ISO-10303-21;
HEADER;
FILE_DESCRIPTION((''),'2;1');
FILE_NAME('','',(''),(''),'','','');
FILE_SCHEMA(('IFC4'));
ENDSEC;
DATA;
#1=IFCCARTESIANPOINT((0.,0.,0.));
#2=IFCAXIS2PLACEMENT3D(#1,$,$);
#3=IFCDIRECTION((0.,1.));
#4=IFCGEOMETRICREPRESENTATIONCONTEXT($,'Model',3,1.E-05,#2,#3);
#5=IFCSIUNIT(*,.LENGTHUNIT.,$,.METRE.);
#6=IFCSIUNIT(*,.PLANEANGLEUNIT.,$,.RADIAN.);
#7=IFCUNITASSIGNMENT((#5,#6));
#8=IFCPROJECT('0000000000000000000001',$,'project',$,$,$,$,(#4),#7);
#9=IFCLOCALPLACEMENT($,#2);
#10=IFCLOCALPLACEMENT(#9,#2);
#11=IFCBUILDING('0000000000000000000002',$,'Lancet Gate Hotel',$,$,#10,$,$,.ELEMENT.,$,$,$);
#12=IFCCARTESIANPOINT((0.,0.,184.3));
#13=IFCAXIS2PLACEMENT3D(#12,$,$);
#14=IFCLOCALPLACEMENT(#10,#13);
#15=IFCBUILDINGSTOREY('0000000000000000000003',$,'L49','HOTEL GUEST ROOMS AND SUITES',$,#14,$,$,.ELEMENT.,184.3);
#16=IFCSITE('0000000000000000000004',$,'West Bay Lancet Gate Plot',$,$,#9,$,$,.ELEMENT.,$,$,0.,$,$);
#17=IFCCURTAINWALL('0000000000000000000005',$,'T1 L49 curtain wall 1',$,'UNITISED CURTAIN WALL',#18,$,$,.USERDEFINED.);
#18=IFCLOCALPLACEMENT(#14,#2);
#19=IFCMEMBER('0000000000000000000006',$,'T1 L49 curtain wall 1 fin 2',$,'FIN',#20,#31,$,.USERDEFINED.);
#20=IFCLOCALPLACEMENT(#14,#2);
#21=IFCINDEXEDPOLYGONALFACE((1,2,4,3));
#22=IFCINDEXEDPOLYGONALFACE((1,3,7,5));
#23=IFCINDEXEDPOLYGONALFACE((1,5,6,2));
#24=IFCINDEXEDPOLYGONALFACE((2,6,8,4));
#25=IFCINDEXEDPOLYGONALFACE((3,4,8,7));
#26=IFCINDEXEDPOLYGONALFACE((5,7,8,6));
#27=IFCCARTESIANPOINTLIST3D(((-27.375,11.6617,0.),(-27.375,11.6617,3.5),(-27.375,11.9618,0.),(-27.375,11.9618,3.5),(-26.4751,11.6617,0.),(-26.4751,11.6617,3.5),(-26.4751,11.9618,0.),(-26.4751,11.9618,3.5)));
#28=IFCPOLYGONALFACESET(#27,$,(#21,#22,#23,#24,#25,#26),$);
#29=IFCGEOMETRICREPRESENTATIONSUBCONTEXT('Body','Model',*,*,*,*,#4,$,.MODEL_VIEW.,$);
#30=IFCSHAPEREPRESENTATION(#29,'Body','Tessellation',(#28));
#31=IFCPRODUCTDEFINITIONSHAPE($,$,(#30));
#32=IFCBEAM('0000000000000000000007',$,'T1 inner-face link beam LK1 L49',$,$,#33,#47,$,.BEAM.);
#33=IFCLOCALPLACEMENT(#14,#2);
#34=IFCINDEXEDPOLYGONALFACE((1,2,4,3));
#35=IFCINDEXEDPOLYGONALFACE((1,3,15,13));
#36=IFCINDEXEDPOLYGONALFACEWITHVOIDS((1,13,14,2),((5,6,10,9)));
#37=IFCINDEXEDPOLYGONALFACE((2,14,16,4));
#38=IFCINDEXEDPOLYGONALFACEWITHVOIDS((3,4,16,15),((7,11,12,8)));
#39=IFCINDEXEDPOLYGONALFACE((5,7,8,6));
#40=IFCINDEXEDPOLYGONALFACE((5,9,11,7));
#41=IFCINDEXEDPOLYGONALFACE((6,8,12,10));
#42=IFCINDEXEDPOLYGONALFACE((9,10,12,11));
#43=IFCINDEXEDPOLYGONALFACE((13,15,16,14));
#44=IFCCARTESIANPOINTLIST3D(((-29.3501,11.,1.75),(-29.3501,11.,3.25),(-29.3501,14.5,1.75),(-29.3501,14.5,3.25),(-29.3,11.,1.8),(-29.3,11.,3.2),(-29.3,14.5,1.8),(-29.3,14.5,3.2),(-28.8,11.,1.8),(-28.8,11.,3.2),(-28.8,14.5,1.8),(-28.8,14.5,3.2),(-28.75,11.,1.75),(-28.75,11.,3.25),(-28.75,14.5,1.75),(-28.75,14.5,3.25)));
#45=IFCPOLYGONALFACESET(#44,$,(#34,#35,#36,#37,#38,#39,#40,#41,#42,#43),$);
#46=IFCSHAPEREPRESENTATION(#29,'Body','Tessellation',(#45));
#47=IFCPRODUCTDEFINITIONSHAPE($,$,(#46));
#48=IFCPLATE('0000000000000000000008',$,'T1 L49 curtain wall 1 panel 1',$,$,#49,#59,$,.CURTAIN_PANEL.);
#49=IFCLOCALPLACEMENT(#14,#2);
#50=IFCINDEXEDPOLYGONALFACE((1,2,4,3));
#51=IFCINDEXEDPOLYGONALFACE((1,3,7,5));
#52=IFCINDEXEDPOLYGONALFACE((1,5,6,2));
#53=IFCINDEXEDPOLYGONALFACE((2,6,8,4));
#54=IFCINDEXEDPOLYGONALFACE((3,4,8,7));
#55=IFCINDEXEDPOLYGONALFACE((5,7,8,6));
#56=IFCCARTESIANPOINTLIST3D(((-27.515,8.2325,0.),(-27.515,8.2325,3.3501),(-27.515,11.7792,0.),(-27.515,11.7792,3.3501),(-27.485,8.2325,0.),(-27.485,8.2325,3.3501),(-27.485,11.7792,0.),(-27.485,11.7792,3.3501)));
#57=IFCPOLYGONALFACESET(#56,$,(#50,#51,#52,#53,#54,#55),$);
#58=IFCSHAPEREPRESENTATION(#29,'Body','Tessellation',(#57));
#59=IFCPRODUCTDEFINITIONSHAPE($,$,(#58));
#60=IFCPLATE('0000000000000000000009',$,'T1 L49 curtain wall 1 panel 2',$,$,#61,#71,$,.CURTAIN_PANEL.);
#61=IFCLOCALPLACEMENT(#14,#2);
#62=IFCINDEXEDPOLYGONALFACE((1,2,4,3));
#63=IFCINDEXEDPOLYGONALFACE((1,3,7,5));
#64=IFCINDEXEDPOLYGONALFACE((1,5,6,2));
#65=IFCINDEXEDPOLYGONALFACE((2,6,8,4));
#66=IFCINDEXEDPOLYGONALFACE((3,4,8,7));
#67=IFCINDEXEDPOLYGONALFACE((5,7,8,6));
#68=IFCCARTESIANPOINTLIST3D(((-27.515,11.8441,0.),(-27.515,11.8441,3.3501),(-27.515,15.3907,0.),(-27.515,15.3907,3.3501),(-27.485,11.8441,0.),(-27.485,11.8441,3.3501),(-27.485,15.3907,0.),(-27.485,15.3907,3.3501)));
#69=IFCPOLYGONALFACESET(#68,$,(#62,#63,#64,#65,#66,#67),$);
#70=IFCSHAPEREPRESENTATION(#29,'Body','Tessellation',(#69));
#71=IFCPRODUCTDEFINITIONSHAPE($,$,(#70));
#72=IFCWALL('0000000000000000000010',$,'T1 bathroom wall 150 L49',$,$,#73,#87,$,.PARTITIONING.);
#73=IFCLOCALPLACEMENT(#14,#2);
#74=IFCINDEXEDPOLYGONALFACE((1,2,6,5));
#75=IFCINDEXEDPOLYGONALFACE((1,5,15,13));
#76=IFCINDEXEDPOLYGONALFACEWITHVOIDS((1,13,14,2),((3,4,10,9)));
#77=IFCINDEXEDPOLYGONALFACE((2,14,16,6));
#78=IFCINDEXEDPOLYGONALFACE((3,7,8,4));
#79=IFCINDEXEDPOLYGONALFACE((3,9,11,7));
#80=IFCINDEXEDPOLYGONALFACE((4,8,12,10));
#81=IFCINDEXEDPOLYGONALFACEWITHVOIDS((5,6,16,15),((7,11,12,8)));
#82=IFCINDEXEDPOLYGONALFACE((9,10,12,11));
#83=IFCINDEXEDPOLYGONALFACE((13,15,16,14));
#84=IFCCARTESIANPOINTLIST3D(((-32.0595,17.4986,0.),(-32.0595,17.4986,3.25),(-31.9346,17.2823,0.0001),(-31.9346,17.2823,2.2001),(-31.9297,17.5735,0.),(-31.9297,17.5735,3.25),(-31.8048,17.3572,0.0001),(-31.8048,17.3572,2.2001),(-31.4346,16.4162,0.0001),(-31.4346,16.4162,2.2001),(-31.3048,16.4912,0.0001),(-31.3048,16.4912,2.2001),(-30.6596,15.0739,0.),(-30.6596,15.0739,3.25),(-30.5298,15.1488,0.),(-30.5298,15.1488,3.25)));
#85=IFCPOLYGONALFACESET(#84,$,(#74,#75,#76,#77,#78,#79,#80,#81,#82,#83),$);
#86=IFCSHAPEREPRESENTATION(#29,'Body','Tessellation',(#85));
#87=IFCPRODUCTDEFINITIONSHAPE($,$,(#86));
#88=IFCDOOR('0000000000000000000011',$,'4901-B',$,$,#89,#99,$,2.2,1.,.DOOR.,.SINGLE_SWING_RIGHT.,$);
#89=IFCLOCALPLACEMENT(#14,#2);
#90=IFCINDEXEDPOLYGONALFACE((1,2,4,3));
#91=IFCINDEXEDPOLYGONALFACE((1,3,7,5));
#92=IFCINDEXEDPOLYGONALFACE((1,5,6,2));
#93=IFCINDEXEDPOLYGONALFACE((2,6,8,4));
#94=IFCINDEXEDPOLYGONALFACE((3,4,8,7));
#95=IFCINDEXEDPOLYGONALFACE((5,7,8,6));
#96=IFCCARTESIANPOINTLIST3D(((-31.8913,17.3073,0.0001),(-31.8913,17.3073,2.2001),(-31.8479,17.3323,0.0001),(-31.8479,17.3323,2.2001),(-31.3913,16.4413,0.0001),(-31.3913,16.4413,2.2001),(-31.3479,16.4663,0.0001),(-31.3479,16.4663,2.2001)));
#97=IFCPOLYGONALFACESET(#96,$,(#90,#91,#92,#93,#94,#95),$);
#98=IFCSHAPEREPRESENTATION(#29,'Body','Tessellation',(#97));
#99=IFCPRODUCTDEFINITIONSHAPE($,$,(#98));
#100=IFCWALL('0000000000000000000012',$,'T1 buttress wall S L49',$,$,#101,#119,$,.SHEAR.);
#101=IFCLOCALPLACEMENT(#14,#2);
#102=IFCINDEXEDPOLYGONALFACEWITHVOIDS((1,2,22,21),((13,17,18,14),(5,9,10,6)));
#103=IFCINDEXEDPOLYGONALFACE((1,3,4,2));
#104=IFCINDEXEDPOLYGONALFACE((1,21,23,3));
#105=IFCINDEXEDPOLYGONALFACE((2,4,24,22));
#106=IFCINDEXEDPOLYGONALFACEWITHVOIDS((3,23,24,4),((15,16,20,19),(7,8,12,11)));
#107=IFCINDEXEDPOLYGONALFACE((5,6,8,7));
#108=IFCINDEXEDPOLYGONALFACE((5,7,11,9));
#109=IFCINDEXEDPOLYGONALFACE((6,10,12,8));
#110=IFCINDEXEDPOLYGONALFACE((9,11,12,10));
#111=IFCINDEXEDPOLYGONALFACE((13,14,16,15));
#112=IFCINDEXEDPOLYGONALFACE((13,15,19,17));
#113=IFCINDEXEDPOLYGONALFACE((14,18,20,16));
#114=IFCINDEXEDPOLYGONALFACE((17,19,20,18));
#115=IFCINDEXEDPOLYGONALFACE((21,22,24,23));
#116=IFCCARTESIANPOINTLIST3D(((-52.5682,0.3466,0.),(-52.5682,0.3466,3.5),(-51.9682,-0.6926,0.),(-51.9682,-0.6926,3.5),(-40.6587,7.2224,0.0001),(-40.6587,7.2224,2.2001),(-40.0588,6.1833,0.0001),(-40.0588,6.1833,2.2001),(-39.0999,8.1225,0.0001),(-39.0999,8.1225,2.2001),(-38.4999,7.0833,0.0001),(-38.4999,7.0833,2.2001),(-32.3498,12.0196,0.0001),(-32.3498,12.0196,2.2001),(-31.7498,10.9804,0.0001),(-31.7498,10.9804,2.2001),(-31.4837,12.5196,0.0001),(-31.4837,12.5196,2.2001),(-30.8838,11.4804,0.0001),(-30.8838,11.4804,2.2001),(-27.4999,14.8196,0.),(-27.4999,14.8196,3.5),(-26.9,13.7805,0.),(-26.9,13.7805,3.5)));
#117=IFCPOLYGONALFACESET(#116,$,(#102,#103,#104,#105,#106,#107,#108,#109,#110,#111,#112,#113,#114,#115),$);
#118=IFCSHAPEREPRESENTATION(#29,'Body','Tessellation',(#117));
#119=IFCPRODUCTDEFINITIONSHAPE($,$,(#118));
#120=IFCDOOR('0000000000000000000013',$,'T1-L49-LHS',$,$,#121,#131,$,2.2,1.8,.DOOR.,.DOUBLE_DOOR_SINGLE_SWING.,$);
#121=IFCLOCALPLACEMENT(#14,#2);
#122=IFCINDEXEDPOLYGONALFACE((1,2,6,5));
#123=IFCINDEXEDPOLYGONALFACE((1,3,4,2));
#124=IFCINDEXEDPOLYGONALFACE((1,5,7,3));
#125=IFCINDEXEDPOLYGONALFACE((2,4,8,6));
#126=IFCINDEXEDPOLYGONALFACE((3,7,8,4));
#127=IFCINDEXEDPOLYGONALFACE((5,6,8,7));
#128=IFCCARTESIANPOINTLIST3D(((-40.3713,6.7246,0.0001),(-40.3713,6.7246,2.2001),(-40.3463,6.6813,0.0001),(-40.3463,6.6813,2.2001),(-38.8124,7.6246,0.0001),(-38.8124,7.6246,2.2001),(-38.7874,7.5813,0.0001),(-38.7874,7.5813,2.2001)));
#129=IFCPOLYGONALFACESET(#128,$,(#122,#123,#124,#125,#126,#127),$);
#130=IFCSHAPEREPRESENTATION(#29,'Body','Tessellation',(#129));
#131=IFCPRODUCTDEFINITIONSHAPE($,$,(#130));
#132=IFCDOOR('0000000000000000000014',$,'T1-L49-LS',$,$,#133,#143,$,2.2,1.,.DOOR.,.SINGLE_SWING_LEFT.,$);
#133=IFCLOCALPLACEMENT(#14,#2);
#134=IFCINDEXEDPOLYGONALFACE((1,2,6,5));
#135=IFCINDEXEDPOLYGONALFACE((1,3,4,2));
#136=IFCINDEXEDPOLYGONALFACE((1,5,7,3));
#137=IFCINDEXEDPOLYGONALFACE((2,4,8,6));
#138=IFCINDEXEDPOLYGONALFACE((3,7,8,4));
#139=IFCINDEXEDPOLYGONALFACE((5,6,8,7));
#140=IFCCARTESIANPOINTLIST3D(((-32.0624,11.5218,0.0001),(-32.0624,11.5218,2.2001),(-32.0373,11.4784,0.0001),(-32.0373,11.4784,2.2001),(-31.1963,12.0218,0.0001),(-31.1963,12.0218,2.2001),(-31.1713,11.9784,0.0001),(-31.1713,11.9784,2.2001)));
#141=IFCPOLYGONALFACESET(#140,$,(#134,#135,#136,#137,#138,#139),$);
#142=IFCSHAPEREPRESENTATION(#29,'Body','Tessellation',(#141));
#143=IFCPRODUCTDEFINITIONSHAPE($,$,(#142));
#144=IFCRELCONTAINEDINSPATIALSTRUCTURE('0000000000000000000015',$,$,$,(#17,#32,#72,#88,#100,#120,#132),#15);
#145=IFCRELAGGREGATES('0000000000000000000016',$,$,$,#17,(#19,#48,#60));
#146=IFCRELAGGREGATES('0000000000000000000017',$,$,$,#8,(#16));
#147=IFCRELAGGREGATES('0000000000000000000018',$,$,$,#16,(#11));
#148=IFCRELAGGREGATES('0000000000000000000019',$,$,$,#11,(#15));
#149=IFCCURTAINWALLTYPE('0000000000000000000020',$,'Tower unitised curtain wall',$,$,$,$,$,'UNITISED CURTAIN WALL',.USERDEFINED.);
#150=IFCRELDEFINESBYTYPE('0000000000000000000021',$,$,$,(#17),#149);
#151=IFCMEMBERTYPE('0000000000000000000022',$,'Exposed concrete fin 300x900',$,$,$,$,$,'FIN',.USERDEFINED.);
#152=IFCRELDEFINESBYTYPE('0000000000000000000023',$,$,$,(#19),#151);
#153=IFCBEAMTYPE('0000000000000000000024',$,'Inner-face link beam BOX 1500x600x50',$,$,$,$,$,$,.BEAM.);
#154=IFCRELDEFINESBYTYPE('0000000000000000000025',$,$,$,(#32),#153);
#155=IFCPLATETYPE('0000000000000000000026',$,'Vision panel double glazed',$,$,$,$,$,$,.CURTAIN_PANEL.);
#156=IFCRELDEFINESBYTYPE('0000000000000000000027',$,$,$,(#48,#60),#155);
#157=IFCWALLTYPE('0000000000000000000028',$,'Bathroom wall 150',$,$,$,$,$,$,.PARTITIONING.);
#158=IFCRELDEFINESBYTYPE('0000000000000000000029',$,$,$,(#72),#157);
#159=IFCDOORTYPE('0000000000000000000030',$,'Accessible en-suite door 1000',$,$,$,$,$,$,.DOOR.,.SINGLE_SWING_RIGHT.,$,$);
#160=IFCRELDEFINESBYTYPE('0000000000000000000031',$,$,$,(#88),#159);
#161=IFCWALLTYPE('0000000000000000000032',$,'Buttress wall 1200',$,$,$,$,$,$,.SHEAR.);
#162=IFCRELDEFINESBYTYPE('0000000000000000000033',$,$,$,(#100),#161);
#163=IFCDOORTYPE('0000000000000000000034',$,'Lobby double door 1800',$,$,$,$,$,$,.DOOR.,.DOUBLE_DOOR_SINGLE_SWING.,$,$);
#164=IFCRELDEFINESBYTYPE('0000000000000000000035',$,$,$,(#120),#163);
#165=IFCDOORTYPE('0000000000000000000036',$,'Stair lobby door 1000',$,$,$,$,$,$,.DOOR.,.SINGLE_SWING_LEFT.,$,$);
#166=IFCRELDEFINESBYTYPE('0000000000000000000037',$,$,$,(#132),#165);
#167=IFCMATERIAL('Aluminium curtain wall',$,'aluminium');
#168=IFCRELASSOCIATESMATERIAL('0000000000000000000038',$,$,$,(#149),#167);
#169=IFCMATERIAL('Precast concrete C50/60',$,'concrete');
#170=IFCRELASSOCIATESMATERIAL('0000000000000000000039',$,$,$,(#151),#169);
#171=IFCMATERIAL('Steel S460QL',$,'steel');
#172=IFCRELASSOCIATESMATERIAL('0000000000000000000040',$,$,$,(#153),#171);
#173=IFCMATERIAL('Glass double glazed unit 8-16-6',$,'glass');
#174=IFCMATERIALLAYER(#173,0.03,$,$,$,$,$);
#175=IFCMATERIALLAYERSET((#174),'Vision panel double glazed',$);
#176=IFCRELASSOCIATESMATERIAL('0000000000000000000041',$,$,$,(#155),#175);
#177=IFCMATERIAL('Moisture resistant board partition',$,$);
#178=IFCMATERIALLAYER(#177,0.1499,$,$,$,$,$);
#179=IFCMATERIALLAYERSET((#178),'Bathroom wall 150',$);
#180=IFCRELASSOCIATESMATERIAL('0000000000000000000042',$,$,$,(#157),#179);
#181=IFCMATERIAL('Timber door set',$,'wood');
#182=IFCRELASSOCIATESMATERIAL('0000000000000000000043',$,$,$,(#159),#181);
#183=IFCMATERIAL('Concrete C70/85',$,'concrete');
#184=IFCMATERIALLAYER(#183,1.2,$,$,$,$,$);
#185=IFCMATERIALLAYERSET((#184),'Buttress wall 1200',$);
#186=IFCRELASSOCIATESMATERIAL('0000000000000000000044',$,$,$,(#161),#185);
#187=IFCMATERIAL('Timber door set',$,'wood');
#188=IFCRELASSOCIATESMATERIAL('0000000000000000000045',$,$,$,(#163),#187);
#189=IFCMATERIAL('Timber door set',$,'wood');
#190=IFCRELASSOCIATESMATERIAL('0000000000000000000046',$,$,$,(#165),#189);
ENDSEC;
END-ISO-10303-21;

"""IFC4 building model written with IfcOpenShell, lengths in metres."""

from ifc_helpers import new_model, si_unit, direction, frame, frame_2d, origin, origin_2d, place, context, subcontext, project, spatial, rectangle, hollow_rectangle, extrude, material, layer, layer_set, material_profile, profile_set, type_object, element, fill, aggregate, save


model = new_model("IFC4")

# Units and contexts
model_context = context("Model", 3, precision=1e-05, world=origin(), true_north=direction((0.0, 1.0)))
body_context = subcontext(model_context, "Body", "Model", "MODEL_VIEW")
ifc_project = project(units=[si_unit("LENGTHUNIT", "METRE"), si_unit("PLANEANGLEUNIT", "RADIAN")], contexts=[model_context])

# Site, building, storey
site_placement = place(None, origin())
site = spatial("IfcSite", under=ifc_project, at=site_placement, Name="West Bay Lancet Gate Plot", CompositionType="ELEMENT", RefElevation=0.0)
building_placement = place(site_placement, origin())
building = spatial("IfcBuilding", under=site, at=building_placement, Name="Lancet Gate Hotel", CompositionType="ELEMENT")
storey_placement = place(building_placement, frame((0.0, 0.0, 184.3)))
storey = spatial("IfcBuildingStorey", under=building, at=storey_placement, Name="L49", Description="HOTEL GUEST ROOMS AND SUITES", CompositionType="ELEMENT", Elevation=184.3)

# Curtain wall, member
ifc_material_1 = material(Name="Aluminium curtain wall", Category="aluminium")
curtain_wall_type = type_object("IfcCurtainWallType", Name="Tower unitised curtain wall", ElementType="UNITISED CURTAIN WALL", PredefinedType="USERDEFINED", material=ifc_material_1)
curtain_wall_placement = place(storey_placement, origin())
curtain_wall = element("IfcCurtainWall", 1, at=curtain_wall_placement, inside=storey, type_object=curtain_wall_type, Name="T1 L49 curtain wall 1", ObjectType="UNITISED CURTAIN WALL", PredefinedType="USERDEFINED")
ifc_material_2 = material(Name="Precast concrete C50/60", Category="concrete")
ifc_material_profile_1 = material_profile(ifc_material_2, rectangle(XDim=0.3, YDim=0.8999, at=origin_2d()), Name="FIN 300x900")
ifc_profile_set_1 = profile_set([ifc_material_profile_1], Name="Precast concrete C50/60")
member_type_1 = type_object("IfcMemberType", Name="Exposed concrete fin 300x900", ElementType="FIN", PredefinedType="USERDEFINED", material=ifc_profile_set_1)
member_1_placement = place(storey_placement, frame((-26.925, 11.8118, 0.0), z_axis=(0.0, 0.0, 1.0), x_axis=(0.0, 1.0, 0.0)))
member_1 = element("IfcMember", 2, at=member_1_placement, type_object=member_type_1, Name="T1 L49 curtain wall 1 fin 2", ObjectType="FIN", PredefinedType="USERDEFINED", context=body_context, shape_type="SweptSolid", body=[
    extrude(rectangle(XDim=0.3, YDim=0.8999, at=origin_2d()), origin(), (0.0, 0.0, 1.0), 3.5),
])

# Beam
ifc_material_3 = material(Name="Steel S460QL", Category="steel")
ifc_material_profile_2 = material_profile(ifc_material_3, hollow_rectangle(XDim=0.6001, YDim=1.5, WallThickness=0.05, at=origin_2d()), Name="BOX 1500x600x50")
ifc_profile_set_2 = profile_set([ifc_material_profile_2], Name="Steel S460QL")
beam_type = type_object("IfcBeamType", Name="Inner-face link beam BOX 1500x600x50", PredefinedType="BEAM", material=ifc_profile_set_2)
beam_placement = place(storey_placement, frame((-29.05, 14.5, 2.5), z_axis=(0.0, -1.0, 0.0), x_axis=(1.0, 0.0, 0.0)))
element("IfcBeam", 3, at=beam_placement, inside=storey, type_object=beam_type, Name="T1 inner-face link beam LK1 L49", PredefinedType="BEAM", context=body_context, shape_type="SweptSolid", body=[
    extrude(hollow_rectangle(XDim=0.6001, YDim=1.5, WallThickness=0.05, at=origin_2d()), origin(), (0.0, 0.0, 1.0), 3.5),
])

# Plates
ifc_material_4 = material(Name="Glass double glazed unit 8-16-6", Category="glass")
ifc_layer_1 = layer(ifc_material_4, 0.03)
ifc_layer_set_1 = layer_set([ifc_layer_1], Name="Vision panel double glazed")
plate_type = type_object("IfcPlateType", Name="Vision panel double glazed", PredefinedType="CURTAIN_PANEL", material=ifc_layer_set_1)
plate_1_placement = place(storey_placement, frame((-27.5, 10.0059, 0.0), z_axis=(0.0, 0.0, 1.0), x_axis=(0.0, 1.0, 0.0)))
plate_1 = element("IfcPlate", 4, at=plate_1_placement, type_object=plate_type, Name="T1 L49 curtain wall 1 panel 1", PredefinedType="CURTAIN_PANEL", context=body_context, shape_type="SweptSolid", body=[
    extrude(rectangle(XDim=3.5466, YDim=0.03, at=origin_2d()), origin(), (0.0, 0.0, 1.0), 3.3501),
])
plate_2_placement = place(storey_placement, frame((-27.5, 13.6174, 0.0), z_axis=(0.0, 0.0, 1.0), x_axis=(0.0, 1.0, 0.0)))
plate_2 = element("IfcPlate", 5, at=plate_2_placement, type_object=plate_type, Name="T1 L49 curtain wall 1 panel 2", PredefinedType="CURTAIN_PANEL", context=body_context, shape_type="SweptSolid", body=[
    extrude(rectangle(XDim=3.5466, YDim=0.03, at=origin_2d()), origin(), (0.0, 0.0, 1.0), 3.3501),
])
aggregate(curtain_wall, [member_1, plate_1, plate_2])

# Wall, opening, door
ifc_material_5 = material(Name="Moisture resistant board partition")
ifc_layer_2 = layer(ifc_material_5, 0.1499)
ifc_layer_set_2 = layer_set([ifc_layer_2], Name="Bathroom wall 150")
wall_type_1 = type_object("IfcWallType", Name="Bathroom wall 150", PredefinedType="PARTITIONING", material=ifc_layer_set_2)
wall_1_placement = place(storey_placement, frame((-30.5947, 15.1113, 0.0), z_axis=(0.0, 0.0, 1.0), x_axis=(-0.499984, 0.866035, 0.0)))
wall_1 = element("IfcWall", 6, at=wall_1_placement, inside=storey, type_object=wall_type_1, Name="T1 bathroom wall 150 L49", PredefinedType="PARTITIONING", context=body_context, shape_type="SweptSolid", body=[
    extrude(rectangle(XDim=2.7998, YDim=0.1499, at=frame_2d((1.3999, 0.0))), origin(), (0.0, 0.0, 1.0), 3.25),
])
opening_1_placement = place(wall_1_placement, frame((1.55, 0.0, 0.0)))
opening_1 = element("IfcOpeningElement", 7, at=opening_1_placement, cuts=wall_1, PredefinedType="OPENING", context=body_context, shape_type="SweptSolid", body=[
    extrude(rectangle(XDim=1.0, YDim=2.2, at=frame_2d((0.5, 1.1001))), frame((0.0, 0.085, 0.0), z_axis=(0.0, -1.0, 0.0), x_axis=(1.0, 0.0, 0.0)), (0.0, 0.0, 1.0), 0.1699),
])
ifc_material_6 = material(Name="Timber door set", Category="wood")
door_type_1 = type_object("IfcDoorType", Name="Accessible en-suite door 1000", OperationType="SINGLE_SWING_RIGHT", PredefinedType="DOOR", material=ifc_material_6)
door_1_placement = place(opening_1_placement, origin())
door_1 = element("IfcDoor", 8, at=door_1_placement, inside=storey, type_object=door_type_1, Name="4901-B", OperationType="SINGLE_SWING_RIGHT", OverallHeight=2.2, OverallWidth=1.0, PredefinedType="DOOR", context=body_context, shape_type="SweptSolid", body=[
    extrude(rectangle(XDim=1.0, YDim=2.2, at=frame_2d((0.5, 1.1001))), frame((0.0, 0.0249, 0.0), z_axis=(0.0, -1.0, 0.0), x_axis=(1.0, 0.0, 0.0)), (0.0, 0.0, 1.0), 0.05),
])
fill(opening_1, door_1)

# Wall, openings, doors
ifc_material_7 = material(Name="Concrete C70/85", Category="concrete")
ifc_layer_3 = layer(ifc_material_7, 1.2)
ifc_layer_set_3 = layer_set([ifc_layer_3], Name="Buttress wall 1200")
wall_type_2 = type_object("IfcWallType", Name="Buttress wall 1200", PredefinedType="SHEAR", material=ifc_layer_set_3)
wall_2_placement = place(storey_placement, frame((-27.2, 14.3, 0.0), z_axis=(0.0, 0.0, 1.0), x_axis=(-0.866027, -0.499998, 0.0)))
wall_2 = element("IfcWall", 9, at=wall_2_placement, inside=storey, type_object=wall_type_2, Name="T1 buttress wall S L49", PredefinedType="SHEAR", context=body_context, shape_type="SweptSolid", body=[
    extrude(rectangle(XDim=28.9463, YDim=1.2, at=frame_2d((14.4731, 0.0))), origin(), (0.0, 0.0, 1.0), 3.5),
])
opening_2_placement = place(wall_2_placement, frame((4.6001, 0.0, 0.0)))
opening_2 = element("IfcOpeningElement", 10, at=opening_2_placement, cuts=wall_2, PredefinedType="OPENING", context=body_context, shape_type="SweptSolid", body=[
    extrude(rectangle(XDim=1.0, YDim=2.2, at=frame_2d((0.5, 1.1001))), frame((0.0, 0.6099, 0.0), z_axis=(0.0, -1.0, 0.0), x_axis=(1.0, 0.0, 0.0)), (0.0, 0.0, 1.0), 1.22),
])
opening_3_placement = place(wall_2_placement, frame((13.3945, 0.0, 0.0)))
opening_3 = element("IfcOpeningElement", 11, at=opening_3_placement, cuts=wall_2, PredefinedType="OPENING", context=body_context, shape_type="SweptSolid", body=[
    extrude(rectangle(XDim=1.8, YDim=2.2, at=frame_2d((0.8999, 1.1001))), frame((0.0, 0.6099, 0.0), z_axis=(0.0, -1.0, 0.0), x_axis=(1.0, 0.0, 0.0)), (0.0, 0.0, 1.0), 1.22),
])
ifc_material_8 = material(Name="Timber door set", Category="wood")
door_type_2 = type_object("IfcDoorType", Name="Lobby double door 1800", OperationType="DOUBLE_DOOR_SINGLE_SWING", PredefinedType="DOOR", material=ifc_material_8)
door_2_placement = place(opening_3_placement, origin())
door_2 = element("IfcDoor", 12, at=door_2_placement, inside=storey, type_object=door_type_2, Name="T1-L49-LHS", OperationType="DOUBLE_DOOR_SINGLE_SWING", OverallHeight=2.2, OverallWidth=1.8, PredefinedType="DOOR", context=body_context, shape_type="SweptSolid", body=[
    extrude(rectangle(XDim=1.8, YDim=2.2, at=frame_2d((0.8999, 1.1001))), frame((0.0, 0.0249, 0.0), z_axis=(0.0, -1.0, 0.0), x_axis=(1.0, 0.0, 0.0)), (0.0, 0.0, 1.0), 0.05),
])
fill(opening_3, door_2)
ifc_material_9 = material(Name="Timber door set", Category="wood")
door_type_3 = type_object("IfcDoorType", Name="Stair lobby door 1000", OperationType="SINGLE_SWING_LEFT", PredefinedType="DOOR", material=ifc_material_9)
door_3_placement = place(opening_2_placement, origin())
door_3 = element("IfcDoor", 13, at=door_3_placement, inside=storey, type_object=door_type_3, Name="T1-L49-LS", OperationType="SINGLE_SWING_LEFT", OverallHeight=2.2, OverallWidth=1.0, PredefinedType="DOOR", context=body_context, shape_type="SweptSolid", body=[
    extrude(rectangle(XDim=1.0, YDim=2.2, at=frame_2d((0.5, 1.1001))), frame((0.0, 0.0249, 0.0), z_axis=(0.0, -1.0, 0.0), x_axis=(1.0, 0.0, 0.0)), (0.0, 0.0, 1.0), 0.05),
])
fill(opening_2, door_3)

save(model, "model.ifc")
